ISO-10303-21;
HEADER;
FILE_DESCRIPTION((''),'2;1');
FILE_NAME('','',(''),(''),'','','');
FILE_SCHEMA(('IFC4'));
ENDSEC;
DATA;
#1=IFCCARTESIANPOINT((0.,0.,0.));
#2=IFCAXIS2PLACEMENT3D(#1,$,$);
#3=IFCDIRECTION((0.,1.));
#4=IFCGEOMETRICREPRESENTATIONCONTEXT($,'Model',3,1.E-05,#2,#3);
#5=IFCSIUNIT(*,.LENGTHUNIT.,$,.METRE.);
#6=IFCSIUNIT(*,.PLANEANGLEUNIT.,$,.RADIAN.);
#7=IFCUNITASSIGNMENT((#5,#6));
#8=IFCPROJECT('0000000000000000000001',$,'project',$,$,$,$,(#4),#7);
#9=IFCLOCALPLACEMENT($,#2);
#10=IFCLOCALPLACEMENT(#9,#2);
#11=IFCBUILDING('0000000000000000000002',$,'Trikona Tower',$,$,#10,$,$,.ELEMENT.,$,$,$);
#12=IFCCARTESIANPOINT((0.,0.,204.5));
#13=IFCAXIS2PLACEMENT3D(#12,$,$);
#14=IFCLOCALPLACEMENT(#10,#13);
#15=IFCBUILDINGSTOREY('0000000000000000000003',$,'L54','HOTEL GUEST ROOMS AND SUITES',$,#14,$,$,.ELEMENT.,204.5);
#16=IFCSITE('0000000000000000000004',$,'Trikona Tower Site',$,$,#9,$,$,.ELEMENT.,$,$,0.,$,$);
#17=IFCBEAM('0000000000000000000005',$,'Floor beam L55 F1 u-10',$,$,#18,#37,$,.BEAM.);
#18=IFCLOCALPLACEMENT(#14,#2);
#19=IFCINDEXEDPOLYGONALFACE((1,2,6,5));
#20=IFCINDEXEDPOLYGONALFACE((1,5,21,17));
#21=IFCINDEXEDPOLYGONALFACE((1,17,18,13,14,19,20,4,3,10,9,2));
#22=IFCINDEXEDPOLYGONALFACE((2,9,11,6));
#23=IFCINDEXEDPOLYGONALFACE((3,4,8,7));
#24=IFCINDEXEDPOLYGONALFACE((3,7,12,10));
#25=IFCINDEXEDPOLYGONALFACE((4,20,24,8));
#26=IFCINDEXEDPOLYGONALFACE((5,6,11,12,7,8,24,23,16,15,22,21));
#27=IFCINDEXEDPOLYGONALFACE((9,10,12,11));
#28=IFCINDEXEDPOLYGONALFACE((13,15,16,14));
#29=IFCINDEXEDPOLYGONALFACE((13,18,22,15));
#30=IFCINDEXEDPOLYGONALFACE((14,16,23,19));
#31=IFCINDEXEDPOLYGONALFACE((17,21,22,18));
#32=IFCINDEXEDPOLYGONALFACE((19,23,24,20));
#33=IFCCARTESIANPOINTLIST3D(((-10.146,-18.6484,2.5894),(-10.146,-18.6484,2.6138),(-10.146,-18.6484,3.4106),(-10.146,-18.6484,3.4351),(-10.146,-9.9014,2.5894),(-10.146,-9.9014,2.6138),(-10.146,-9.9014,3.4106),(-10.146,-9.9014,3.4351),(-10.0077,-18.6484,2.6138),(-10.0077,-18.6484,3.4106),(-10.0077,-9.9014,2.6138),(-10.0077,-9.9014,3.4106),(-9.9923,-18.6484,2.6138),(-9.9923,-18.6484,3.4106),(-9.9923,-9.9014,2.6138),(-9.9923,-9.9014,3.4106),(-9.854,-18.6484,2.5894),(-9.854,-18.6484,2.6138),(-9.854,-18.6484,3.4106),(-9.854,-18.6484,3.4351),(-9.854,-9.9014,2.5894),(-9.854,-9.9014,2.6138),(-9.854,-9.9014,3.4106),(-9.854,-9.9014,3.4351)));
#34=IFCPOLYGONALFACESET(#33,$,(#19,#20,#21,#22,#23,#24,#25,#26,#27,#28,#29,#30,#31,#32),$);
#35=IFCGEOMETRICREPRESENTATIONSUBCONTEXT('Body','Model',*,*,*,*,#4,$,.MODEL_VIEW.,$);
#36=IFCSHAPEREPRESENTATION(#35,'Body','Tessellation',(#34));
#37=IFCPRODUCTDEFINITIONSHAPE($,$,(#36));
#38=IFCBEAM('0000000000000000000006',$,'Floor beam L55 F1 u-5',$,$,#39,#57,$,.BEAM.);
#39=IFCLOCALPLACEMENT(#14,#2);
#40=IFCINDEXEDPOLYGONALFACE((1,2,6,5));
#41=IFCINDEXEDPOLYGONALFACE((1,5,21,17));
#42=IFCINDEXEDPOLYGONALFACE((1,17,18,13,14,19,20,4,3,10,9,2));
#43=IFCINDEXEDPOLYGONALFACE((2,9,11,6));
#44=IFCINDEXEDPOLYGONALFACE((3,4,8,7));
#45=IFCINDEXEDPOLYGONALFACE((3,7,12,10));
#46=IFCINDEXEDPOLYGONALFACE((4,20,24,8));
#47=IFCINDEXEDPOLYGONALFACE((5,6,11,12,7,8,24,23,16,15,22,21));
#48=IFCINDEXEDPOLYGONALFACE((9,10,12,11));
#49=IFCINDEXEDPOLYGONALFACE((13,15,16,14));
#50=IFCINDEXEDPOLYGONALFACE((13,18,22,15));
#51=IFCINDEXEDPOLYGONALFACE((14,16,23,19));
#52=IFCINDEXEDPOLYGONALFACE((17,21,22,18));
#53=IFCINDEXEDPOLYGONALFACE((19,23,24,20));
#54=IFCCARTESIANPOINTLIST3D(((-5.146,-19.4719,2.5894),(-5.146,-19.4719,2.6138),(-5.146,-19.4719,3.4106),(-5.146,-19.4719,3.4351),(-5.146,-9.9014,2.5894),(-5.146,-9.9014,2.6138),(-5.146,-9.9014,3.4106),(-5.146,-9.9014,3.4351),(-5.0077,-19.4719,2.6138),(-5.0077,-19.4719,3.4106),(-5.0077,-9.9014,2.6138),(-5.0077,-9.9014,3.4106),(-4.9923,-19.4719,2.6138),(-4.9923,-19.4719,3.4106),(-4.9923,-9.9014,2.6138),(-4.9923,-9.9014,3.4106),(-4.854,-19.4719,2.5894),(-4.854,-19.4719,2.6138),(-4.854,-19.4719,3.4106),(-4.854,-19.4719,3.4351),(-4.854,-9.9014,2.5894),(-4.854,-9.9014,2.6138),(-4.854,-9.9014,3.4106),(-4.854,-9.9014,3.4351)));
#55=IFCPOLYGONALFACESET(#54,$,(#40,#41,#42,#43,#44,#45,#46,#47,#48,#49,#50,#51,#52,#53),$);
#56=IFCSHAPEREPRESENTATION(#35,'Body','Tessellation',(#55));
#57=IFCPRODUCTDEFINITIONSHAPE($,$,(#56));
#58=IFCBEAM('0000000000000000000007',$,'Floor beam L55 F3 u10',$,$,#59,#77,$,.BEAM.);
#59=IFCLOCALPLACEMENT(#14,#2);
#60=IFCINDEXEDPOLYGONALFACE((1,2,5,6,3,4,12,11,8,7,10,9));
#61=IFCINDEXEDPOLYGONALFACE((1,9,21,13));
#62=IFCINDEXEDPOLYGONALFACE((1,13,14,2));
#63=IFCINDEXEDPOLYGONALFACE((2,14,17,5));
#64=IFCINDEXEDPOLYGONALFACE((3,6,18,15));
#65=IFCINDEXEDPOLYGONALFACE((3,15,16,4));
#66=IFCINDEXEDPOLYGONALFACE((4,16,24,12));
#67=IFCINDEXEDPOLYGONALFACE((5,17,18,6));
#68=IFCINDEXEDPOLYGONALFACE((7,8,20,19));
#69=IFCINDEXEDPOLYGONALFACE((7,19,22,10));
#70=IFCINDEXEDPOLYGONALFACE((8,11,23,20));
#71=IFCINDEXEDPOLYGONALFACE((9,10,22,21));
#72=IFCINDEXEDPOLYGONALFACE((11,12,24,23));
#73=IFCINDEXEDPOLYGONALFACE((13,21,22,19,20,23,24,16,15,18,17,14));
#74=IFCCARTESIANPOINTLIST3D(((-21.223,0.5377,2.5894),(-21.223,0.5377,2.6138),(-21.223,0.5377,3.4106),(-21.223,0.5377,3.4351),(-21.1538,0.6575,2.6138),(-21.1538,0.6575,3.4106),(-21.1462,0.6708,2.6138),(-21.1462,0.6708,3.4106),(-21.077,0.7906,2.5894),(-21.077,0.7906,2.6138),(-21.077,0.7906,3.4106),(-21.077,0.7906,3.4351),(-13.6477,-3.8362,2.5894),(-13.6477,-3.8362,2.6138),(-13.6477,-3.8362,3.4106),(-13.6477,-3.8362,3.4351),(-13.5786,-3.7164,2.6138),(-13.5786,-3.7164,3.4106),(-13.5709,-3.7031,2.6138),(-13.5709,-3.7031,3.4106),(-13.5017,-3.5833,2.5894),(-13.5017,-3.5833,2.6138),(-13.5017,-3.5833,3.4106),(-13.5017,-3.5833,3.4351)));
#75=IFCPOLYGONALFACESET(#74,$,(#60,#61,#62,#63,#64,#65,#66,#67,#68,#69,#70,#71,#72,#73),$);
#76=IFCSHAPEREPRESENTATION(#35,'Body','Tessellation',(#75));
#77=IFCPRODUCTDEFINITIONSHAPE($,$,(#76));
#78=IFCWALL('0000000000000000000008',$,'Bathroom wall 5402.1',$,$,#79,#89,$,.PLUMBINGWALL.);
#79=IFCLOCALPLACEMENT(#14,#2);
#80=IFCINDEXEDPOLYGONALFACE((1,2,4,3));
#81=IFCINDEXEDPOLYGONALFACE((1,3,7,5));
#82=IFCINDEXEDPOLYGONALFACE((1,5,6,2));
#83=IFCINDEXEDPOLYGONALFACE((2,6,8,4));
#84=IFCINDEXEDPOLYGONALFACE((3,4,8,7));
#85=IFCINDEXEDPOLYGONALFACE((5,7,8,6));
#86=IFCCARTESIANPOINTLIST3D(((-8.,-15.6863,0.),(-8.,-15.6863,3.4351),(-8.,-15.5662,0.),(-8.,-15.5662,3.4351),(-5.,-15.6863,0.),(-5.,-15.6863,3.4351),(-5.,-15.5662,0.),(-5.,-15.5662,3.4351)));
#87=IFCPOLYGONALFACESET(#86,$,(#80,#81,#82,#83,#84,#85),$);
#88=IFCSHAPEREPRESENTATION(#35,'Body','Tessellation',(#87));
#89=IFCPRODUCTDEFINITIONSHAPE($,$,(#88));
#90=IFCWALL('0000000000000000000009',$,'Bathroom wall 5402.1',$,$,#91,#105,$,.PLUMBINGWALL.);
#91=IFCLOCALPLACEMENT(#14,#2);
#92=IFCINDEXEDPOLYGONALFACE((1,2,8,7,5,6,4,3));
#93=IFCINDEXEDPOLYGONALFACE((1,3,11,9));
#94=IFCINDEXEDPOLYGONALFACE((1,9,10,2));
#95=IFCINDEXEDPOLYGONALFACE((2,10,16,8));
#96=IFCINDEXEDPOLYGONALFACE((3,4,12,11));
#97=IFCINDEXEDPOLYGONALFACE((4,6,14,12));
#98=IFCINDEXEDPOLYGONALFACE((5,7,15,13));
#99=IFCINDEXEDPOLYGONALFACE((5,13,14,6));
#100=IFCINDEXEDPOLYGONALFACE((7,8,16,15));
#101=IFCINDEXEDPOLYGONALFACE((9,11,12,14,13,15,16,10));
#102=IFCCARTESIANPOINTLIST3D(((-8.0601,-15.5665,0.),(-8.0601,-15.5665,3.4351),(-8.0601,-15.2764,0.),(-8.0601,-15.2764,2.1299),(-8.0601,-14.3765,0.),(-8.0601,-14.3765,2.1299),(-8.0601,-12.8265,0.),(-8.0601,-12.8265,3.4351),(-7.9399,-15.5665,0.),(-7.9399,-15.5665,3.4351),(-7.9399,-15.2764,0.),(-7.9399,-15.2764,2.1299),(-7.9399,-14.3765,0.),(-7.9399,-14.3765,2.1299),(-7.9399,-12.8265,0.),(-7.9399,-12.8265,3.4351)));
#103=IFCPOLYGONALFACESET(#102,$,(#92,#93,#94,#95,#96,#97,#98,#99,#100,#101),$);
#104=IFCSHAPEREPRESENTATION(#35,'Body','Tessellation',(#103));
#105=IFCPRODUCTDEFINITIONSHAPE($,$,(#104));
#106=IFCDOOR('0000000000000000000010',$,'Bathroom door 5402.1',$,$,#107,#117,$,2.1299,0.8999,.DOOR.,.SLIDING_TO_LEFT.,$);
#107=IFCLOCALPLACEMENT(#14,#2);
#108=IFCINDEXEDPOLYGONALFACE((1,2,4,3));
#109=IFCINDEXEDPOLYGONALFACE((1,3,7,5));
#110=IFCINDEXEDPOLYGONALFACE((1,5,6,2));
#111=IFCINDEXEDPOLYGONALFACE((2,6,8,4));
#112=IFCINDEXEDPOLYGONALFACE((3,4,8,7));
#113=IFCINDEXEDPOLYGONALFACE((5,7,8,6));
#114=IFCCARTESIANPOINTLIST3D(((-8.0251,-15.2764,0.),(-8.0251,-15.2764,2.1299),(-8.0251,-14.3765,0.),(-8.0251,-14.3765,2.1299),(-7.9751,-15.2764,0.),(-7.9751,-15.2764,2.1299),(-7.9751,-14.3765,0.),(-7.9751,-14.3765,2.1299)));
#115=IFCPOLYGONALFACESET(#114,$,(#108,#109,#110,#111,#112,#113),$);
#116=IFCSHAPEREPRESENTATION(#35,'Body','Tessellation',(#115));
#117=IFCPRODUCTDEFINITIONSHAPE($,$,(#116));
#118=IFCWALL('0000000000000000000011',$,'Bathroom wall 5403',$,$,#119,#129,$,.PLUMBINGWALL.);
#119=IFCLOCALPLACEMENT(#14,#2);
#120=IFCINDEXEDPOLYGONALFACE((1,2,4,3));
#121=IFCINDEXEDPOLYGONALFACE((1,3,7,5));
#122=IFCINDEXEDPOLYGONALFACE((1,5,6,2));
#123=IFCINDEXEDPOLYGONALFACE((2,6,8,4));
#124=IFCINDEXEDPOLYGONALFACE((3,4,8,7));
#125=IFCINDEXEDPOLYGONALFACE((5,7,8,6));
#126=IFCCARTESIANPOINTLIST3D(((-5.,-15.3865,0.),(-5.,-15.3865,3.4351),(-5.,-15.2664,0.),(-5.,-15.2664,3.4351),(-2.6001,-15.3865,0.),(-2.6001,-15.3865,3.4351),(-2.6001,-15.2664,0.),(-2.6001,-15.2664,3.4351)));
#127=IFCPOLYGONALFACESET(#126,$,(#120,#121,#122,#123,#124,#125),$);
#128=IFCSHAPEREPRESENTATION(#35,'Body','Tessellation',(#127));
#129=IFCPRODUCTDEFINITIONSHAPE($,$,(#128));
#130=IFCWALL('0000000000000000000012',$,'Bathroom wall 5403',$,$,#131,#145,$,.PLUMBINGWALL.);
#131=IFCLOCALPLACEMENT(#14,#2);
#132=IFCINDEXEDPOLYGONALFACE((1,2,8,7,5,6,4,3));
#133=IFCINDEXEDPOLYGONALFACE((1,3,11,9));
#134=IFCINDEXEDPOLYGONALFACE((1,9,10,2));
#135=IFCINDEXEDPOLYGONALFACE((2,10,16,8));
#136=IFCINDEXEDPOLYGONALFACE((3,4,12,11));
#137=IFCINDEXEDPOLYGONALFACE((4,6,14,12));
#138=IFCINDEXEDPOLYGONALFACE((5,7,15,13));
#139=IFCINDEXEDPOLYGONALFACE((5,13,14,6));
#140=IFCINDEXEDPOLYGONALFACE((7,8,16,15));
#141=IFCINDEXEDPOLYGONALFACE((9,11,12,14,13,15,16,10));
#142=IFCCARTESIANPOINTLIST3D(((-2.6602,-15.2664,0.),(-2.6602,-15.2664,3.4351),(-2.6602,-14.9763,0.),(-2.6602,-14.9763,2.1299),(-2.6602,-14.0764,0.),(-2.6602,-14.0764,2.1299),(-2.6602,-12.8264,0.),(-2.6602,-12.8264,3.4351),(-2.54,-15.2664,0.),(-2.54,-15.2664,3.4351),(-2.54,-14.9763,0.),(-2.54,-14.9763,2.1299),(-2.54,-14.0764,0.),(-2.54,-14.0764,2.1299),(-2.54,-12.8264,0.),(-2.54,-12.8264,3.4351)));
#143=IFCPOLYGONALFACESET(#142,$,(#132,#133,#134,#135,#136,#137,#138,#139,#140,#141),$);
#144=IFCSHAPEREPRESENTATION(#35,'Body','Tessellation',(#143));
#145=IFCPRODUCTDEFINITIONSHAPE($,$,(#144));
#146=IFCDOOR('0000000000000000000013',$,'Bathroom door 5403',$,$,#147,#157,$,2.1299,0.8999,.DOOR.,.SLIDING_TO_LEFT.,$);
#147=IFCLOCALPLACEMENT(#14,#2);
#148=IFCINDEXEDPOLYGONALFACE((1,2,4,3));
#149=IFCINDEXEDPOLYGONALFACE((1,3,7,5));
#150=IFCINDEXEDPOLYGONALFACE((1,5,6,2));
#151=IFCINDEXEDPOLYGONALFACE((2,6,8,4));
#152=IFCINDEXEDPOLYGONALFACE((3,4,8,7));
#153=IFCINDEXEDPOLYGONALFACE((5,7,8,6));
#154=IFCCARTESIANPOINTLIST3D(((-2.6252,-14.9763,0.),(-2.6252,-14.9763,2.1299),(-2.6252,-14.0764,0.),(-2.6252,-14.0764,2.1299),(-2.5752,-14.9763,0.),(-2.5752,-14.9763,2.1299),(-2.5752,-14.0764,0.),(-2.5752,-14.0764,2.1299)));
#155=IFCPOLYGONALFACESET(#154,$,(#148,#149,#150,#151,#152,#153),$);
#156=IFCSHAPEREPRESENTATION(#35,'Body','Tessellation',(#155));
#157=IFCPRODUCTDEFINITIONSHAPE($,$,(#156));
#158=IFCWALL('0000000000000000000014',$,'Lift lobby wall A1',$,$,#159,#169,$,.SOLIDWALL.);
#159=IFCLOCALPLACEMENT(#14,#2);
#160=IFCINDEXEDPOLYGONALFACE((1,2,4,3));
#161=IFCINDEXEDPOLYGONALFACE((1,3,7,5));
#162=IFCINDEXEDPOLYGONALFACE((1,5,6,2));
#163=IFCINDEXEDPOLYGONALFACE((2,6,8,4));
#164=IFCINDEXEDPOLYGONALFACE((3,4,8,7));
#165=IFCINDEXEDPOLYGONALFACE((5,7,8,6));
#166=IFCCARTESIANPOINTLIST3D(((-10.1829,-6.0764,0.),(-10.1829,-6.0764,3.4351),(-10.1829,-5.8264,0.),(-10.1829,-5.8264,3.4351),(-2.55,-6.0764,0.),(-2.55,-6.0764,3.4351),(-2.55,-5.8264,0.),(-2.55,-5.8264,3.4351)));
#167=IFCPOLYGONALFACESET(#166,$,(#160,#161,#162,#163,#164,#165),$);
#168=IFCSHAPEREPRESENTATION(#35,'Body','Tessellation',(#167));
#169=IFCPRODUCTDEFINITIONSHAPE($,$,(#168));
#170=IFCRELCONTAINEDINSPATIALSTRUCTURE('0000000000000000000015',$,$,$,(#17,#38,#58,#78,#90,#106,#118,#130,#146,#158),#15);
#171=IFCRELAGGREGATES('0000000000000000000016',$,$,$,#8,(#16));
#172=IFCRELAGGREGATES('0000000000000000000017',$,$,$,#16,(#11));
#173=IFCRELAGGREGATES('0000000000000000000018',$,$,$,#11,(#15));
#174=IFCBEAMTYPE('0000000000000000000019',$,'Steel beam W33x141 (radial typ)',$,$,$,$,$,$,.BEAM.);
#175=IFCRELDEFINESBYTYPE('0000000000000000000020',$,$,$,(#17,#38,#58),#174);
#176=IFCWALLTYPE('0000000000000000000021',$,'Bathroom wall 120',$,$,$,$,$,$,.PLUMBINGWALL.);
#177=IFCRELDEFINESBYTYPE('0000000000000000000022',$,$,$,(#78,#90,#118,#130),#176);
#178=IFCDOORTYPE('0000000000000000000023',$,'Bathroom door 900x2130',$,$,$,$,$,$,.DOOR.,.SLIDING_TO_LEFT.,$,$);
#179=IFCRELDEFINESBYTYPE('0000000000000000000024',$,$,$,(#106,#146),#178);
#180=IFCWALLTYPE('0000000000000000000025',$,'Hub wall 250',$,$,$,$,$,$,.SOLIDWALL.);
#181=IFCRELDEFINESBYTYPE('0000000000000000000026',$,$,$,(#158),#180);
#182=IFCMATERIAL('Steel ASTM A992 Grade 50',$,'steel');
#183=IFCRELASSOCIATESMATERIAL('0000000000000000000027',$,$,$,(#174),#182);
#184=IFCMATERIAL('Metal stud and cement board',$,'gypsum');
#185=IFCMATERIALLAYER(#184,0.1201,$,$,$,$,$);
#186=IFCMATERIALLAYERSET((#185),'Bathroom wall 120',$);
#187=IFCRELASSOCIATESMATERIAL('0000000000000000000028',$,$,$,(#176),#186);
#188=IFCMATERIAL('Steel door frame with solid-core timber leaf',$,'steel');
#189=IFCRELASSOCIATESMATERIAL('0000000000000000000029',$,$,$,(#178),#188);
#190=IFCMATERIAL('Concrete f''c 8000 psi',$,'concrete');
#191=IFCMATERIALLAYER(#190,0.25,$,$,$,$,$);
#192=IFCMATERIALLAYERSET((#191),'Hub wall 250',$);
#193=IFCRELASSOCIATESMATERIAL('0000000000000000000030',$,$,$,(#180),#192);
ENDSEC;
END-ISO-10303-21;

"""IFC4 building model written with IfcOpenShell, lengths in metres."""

from ifc_helpers import new_model, si_unit, direction, frame, frame_2d, origin, origin_2d, place, context, subcontext, project, spatial, rectangle, i_section, extrude, material, layer, layer_set, material_profile, profile_set, type_object, element, fill, save


model = new_model("IFC4")

# Units and contexts
model_context = context("Model", 3, precision=1e-05, world=origin(), true_north=direction((0.0, 1.0)))
body_context = subcontext(model_context, "Body", "Model", "MODEL_VIEW")
ifc_project = project(units=[si_unit("LENGTHUNIT", "METRE"), si_unit("PLANEANGLEUNIT", "RADIAN")], contexts=[model_context])

# Site, building, storey
site_placement = place(None, origin())
site = spatial("IfcSite", under=ifc_project, at=site_placement, Name="Trikona Tower Site", CompositionType="ELEMENT", RefElevation=0.0)
building_placement = place(site_placement, origin())
building = spatial("IfcBuilding", under=site, at=building_placement, Name="Trikona Tower", CompositionType="ELEMENT")
storey_placement = place(building_placement, frame((0.0, 0.0, 204.5)))
storey = spatial("IfcBuildingStorey", under=building, at=storey_placement, Name="L54", Description="HOTEL GUEST ROOMS AND SUITES", CompositionType="ELEMENT", Elevation=204.5)

# Beams
ifc_material_1 = material(Name="Steel ASTM A992 Grade 50", Category="steel")
ifc_material_profile = material_profile(ifc_material_1, i_section(OverallWidth=0.292, OverallDepth=0.8457, WebThickness=0.0154, FlangeThickness=0.0244, at=origin_2d()), Name="W33X141")
ifc_profile_set = profile_set([ifc_material_profile], Name="Steel ASTM A992 Grade 50")
beam_type = type_object("IfcBeamType", Name="Steel beam W33x141 (radial typ)", PredefinedType="BEAM", material=ifc_profile_set)
beam_1_placement = place(storey_placement, frame((-10.0, -9.9014, 3.0122), z_axis=(0.0, -1.0, 0.0), x_axis=(1.0, 0.0, 0.0)))
element("IfcBeam", 1, at=beam_1_placement, inside=storey, type_object=beam_type, Name="Floor beam L55 F1 u-10", PredefinedType="BEAM", context=body_context, shape_type="SweptSolid", body=[
    extrude(i_section(OverallWidth=0.292, OverallDepth=0.8457, WebThickness=0.0154, FlangeThickness=0.0244, at=origin_2d()), origin(), (0.0, 0.0, 1.0), 8.7471),
])
beam_2_placement = place(storey_placement, frame((-5.0, -9.9014, 3.0122), z_axis=(0.0, -1.0, 0.0), x_axis=(1.0, 0.0, 0.0)))
element("IfcBeam", 2, at=beam_2_placement, inside=storey, type_object=beam_type, Name="Floor beam L55 F1 u-5", PredefinedType="BEAM", context=body_context, shape_type="SweptSolid", body=[
    extrude(i_section(OverallWidth=0.292, OverallDepth=0.8457, WebThickness=0.0154, FlangeThickness=0.0244, at=origin_2d()), origin(), (0.0, 0.0, 1.0), 9.5706),
])
beam_3_placement = place(storey_placement, frame((-13.5747, -3.7097, 3.0122), z_axis=(-0.866014, 0.50002, 0.0), x_axis=(-0.50002, -0.866014, 0.0)))
element("IfcBeam", 3, at=beam_3_placement, inside=storey, type_object=beam_type, Name="Floor beam L55 F3 u10", PredefinedType="BEAM", context=body_context, shape_type="SweptSolid", body=[
    extrude(i_section(OverallWidth=0.292, OverallDepth=0.8457, WebThickness=0.0154, FlangeThickness=0.0244, at=origin_2d()), origin(), (0.0, 0.0, 1.0), 8.7473),
])

# Wall
ifc_material_2 = material(Name="Metal stud and cement board", Category="gypsum")
ifc_layer_1 = layer(ifc_material_2, 0.1201)
ifc_layer_set_1 = layer_set([ifc_layer_1], Name="Bathroom wall 120")
wall_type_1 = type_object("IfcWallType", Name="Bathroom wall 120", PredefinedType="PLUMBINGWALL", material=ifc_layer_set_1)
wall_1_placement = place(storey_placement, frame((-8.0, -15.6262, 0.0), z_axis=(0.0, 0.0, 1.0), x_axis=(1.0, 0.0, 0.0)))
element("IfcWall", 4, at=wall_1_placement, inside=storey, type_object=wall_type_1, Name="Bathroom wall 5402.1", PredefinedType="PLUMBINGWALL", context=body_context, shape_type="SweptSolid", body=[
    extrude(rectangle(XDim=3.0, YDim=0.1201, at=frame_2d((1.5, 0.0))), origin(), (0.0, 0.0, 1.0), 3.4351),
])

# Wall, opening, door
wall_2_placement = place(storey_placement, frame((-8.0, -12.8264, 0.0), z_axis=(0.0, 0.0, 1.0), x_axis=(0.0, -1.0, 0.0)))
wall_2 = element("IfcWall", 5, at=wall_2_placement, inside=storey, type_object=wall_type_1, Name="Bathroom wall 5402.1", PredefinedType="PLUMBINGWALL", context=body_context, shape_type="SweptSolid", body=[
    extrude(rectangle(XDim=2.74, YDim=0.1201, at=frame_2d((1.3701, 0.0))), origin(), (0.0, 0.0, 1.0), 3.4351),
])
opening_1_placement = place(wall_2_placement, frame((1.55, 0.0, 0.0)))
opening_1 = element("IfcOpeningElement", 6, at=opening_1_placement, cuts=wall_2, PredefinedType="OPENING", context=body_context, shape_type="SweptSolid", body=[
    extrude(rectangle(XDim=0.8999, YDim=2.1299, at=frame_2d((0.45, 1.0649))), frame((0.0, 0.0701, 0.0), z_axis=(0.0, -1.0, 0.0), x_axis=(1.0, 0.0, 0.0)), (0.0, 0.0, 1.0), 0.1401),
])
ifc_material_3 = material(Name="Steel door frame with solid-core timber leaf", Category="steel")
door_type_1 = type_object("IfcDoorType", Name="Bathroom door 900x2130", OperationType="SLIDING_TO_LEFT", PredefinedType="DOOR", material=ifc_material_3)
door_1_placement = place(opening_1_placement, origin())
door_1 = element("IfcDoor", 7, at=door_1_placement, inside=storey, type_object=door_type_1, Name="Bathroom door 5402.1", OperationType="SLIDING_TO_LEFT", OverallHeight=2.1299, OverallWidth=0.8999, PredefinedType="DOOR", context=body_context, shape_type="SweptSolid", body=[
    extrude(rectangle(XDim=0.8999, YDim=2.1299, at=frame_2d((0.45, 1.0649))), frame((0.0, 0.0249, 0.0), z_axis=(0.0, -1.0, 0.0), x_axis=(1.0, 0.0, 0.0)), (0.0, 0.0, 1.0), 0.05),
])
fill(opening_1, door_1)

# Wall
wall_3_placement = place(storey_placement, frame((-5.0, -15.3264, 0.0), z_axis=(0.0, 0.0, 1.0), x_axis=(1.0, 0.0, 0.0)))
element("IfcWall", 8, at=wall_3_placement, inside=storey, type_object=wall_type_1, Name="Bathroom wall 5403", PredefinedType="PLUMBINGWALL", context=body_context, shape_type="SweptSolid", body=[
    extrude(rectangle(XDim=2.3999, YDim=0.1201, at=frame_2d((1.2, 0.0))), origin(), (0.0, 0.0, 1.0), 3.4351),
])

# Wall, opening, door
wall_4_placement = place(storey_placement, frame((-2.6001, -12.8264, 0.0), z_axis=(0.0, 0.0, 1.0), x_axis=(0.0, -1.0, 0.0)))
wall_4 = element("IfcWall", 9, at=wall_4_placement, inside=storey, type_object=wall_type_1, Name="Bathroom wall 5403", PredefinedType="PLUMBINGWALL", context=body_context, shape_type="SweptSolid", body=[
    extrude(rectangle(XDim=2.4399, YDim=0.1201, at=frame_2d((1.22, 0.0))), origin(), (0.0, 0.0, 1.0), 3.4351),
])
opening_2_placement = place(wall_4_placement, frame((1.25, 0.0, 0.0)))
opening_2 = element("IfcOpeningElement", 10, at=opening_2_placement, cuts=wall_4, PredefinedType="OPENING", context=body_context, shape_type="SweptSolid", body=[
    extrude(rectangle(XDim=0.8999, YDim=2.1299, at=frame_2d((0.45, 1.0649))), frame((0.0, 0.0701, 0.0), z_axis=(0.0, -1.0, 0.0), x_axis=(1.0, 0.0, 0.0)), (0.0, 0.0, 1.0), 0.1401),
])
door_2_placement = place(opening_2_placement, origin())
door_2 = element("IfcDoor", 11, at=door_2_placement, inside=storey, type_object=door_type_1, Name="Bathroom door 5403", OperationType="SLIDING_TO_LEFT", OverallHeight=2.1299, OverallWidth=0.8999, PredefinedType="DOOR", context=body_context, shape_type="SweptSolid", body=[
    extrude(rectangle(XDim=0.8999, YDim=2.1299, at=frame_2d((0.45, 1.0649))), frame((0.0, 0.0249, 0.0), z_axis=(0.0, -1.0, 0.0), x_axis=(1.0, 0.0, 0.0)), (0.0, 0.0, 1.0), 0.05),
])
fill(opening_2, door_2)

# Wall
ifc_material_4 = material(Name="Concrete f'c 8000 psi", Category="concrete")
ifc_layer_2 = layer(ifc_material_4, 0.25)
ifc_layer_set_2 = layer_set([ifc_layer_2], Name="Hub wall 250")
wall_type_2 = type_object("IfcWallType", Name="Hub wall 250", PredefinedType="SOLIDWALL", material=ifc_layer_set_2)
wall_5_placement = place(storey_placement, frame((-10.1829, -5.9514, 0.0), z_axis=(0.0, 0.0, 1.0), x_axis=(1.0, 0.0, 0.0)))
element("IfcWall", 12, at=wall_5_placement, inside=storey, type_object=wall_type_2, Name="Lift lobby wall A1", PredefinedType="SOLIDWALL", context=body_context, shape_type="SweptSolid", body=[
    extrude(rectangle(XDim=7.6328, YDim=0.25, at=frame_2d((3.8164, 0.0))), origin(), (0.0, 0.0, 1.0), 3.4351),
])

save(model, "model.ifc")
